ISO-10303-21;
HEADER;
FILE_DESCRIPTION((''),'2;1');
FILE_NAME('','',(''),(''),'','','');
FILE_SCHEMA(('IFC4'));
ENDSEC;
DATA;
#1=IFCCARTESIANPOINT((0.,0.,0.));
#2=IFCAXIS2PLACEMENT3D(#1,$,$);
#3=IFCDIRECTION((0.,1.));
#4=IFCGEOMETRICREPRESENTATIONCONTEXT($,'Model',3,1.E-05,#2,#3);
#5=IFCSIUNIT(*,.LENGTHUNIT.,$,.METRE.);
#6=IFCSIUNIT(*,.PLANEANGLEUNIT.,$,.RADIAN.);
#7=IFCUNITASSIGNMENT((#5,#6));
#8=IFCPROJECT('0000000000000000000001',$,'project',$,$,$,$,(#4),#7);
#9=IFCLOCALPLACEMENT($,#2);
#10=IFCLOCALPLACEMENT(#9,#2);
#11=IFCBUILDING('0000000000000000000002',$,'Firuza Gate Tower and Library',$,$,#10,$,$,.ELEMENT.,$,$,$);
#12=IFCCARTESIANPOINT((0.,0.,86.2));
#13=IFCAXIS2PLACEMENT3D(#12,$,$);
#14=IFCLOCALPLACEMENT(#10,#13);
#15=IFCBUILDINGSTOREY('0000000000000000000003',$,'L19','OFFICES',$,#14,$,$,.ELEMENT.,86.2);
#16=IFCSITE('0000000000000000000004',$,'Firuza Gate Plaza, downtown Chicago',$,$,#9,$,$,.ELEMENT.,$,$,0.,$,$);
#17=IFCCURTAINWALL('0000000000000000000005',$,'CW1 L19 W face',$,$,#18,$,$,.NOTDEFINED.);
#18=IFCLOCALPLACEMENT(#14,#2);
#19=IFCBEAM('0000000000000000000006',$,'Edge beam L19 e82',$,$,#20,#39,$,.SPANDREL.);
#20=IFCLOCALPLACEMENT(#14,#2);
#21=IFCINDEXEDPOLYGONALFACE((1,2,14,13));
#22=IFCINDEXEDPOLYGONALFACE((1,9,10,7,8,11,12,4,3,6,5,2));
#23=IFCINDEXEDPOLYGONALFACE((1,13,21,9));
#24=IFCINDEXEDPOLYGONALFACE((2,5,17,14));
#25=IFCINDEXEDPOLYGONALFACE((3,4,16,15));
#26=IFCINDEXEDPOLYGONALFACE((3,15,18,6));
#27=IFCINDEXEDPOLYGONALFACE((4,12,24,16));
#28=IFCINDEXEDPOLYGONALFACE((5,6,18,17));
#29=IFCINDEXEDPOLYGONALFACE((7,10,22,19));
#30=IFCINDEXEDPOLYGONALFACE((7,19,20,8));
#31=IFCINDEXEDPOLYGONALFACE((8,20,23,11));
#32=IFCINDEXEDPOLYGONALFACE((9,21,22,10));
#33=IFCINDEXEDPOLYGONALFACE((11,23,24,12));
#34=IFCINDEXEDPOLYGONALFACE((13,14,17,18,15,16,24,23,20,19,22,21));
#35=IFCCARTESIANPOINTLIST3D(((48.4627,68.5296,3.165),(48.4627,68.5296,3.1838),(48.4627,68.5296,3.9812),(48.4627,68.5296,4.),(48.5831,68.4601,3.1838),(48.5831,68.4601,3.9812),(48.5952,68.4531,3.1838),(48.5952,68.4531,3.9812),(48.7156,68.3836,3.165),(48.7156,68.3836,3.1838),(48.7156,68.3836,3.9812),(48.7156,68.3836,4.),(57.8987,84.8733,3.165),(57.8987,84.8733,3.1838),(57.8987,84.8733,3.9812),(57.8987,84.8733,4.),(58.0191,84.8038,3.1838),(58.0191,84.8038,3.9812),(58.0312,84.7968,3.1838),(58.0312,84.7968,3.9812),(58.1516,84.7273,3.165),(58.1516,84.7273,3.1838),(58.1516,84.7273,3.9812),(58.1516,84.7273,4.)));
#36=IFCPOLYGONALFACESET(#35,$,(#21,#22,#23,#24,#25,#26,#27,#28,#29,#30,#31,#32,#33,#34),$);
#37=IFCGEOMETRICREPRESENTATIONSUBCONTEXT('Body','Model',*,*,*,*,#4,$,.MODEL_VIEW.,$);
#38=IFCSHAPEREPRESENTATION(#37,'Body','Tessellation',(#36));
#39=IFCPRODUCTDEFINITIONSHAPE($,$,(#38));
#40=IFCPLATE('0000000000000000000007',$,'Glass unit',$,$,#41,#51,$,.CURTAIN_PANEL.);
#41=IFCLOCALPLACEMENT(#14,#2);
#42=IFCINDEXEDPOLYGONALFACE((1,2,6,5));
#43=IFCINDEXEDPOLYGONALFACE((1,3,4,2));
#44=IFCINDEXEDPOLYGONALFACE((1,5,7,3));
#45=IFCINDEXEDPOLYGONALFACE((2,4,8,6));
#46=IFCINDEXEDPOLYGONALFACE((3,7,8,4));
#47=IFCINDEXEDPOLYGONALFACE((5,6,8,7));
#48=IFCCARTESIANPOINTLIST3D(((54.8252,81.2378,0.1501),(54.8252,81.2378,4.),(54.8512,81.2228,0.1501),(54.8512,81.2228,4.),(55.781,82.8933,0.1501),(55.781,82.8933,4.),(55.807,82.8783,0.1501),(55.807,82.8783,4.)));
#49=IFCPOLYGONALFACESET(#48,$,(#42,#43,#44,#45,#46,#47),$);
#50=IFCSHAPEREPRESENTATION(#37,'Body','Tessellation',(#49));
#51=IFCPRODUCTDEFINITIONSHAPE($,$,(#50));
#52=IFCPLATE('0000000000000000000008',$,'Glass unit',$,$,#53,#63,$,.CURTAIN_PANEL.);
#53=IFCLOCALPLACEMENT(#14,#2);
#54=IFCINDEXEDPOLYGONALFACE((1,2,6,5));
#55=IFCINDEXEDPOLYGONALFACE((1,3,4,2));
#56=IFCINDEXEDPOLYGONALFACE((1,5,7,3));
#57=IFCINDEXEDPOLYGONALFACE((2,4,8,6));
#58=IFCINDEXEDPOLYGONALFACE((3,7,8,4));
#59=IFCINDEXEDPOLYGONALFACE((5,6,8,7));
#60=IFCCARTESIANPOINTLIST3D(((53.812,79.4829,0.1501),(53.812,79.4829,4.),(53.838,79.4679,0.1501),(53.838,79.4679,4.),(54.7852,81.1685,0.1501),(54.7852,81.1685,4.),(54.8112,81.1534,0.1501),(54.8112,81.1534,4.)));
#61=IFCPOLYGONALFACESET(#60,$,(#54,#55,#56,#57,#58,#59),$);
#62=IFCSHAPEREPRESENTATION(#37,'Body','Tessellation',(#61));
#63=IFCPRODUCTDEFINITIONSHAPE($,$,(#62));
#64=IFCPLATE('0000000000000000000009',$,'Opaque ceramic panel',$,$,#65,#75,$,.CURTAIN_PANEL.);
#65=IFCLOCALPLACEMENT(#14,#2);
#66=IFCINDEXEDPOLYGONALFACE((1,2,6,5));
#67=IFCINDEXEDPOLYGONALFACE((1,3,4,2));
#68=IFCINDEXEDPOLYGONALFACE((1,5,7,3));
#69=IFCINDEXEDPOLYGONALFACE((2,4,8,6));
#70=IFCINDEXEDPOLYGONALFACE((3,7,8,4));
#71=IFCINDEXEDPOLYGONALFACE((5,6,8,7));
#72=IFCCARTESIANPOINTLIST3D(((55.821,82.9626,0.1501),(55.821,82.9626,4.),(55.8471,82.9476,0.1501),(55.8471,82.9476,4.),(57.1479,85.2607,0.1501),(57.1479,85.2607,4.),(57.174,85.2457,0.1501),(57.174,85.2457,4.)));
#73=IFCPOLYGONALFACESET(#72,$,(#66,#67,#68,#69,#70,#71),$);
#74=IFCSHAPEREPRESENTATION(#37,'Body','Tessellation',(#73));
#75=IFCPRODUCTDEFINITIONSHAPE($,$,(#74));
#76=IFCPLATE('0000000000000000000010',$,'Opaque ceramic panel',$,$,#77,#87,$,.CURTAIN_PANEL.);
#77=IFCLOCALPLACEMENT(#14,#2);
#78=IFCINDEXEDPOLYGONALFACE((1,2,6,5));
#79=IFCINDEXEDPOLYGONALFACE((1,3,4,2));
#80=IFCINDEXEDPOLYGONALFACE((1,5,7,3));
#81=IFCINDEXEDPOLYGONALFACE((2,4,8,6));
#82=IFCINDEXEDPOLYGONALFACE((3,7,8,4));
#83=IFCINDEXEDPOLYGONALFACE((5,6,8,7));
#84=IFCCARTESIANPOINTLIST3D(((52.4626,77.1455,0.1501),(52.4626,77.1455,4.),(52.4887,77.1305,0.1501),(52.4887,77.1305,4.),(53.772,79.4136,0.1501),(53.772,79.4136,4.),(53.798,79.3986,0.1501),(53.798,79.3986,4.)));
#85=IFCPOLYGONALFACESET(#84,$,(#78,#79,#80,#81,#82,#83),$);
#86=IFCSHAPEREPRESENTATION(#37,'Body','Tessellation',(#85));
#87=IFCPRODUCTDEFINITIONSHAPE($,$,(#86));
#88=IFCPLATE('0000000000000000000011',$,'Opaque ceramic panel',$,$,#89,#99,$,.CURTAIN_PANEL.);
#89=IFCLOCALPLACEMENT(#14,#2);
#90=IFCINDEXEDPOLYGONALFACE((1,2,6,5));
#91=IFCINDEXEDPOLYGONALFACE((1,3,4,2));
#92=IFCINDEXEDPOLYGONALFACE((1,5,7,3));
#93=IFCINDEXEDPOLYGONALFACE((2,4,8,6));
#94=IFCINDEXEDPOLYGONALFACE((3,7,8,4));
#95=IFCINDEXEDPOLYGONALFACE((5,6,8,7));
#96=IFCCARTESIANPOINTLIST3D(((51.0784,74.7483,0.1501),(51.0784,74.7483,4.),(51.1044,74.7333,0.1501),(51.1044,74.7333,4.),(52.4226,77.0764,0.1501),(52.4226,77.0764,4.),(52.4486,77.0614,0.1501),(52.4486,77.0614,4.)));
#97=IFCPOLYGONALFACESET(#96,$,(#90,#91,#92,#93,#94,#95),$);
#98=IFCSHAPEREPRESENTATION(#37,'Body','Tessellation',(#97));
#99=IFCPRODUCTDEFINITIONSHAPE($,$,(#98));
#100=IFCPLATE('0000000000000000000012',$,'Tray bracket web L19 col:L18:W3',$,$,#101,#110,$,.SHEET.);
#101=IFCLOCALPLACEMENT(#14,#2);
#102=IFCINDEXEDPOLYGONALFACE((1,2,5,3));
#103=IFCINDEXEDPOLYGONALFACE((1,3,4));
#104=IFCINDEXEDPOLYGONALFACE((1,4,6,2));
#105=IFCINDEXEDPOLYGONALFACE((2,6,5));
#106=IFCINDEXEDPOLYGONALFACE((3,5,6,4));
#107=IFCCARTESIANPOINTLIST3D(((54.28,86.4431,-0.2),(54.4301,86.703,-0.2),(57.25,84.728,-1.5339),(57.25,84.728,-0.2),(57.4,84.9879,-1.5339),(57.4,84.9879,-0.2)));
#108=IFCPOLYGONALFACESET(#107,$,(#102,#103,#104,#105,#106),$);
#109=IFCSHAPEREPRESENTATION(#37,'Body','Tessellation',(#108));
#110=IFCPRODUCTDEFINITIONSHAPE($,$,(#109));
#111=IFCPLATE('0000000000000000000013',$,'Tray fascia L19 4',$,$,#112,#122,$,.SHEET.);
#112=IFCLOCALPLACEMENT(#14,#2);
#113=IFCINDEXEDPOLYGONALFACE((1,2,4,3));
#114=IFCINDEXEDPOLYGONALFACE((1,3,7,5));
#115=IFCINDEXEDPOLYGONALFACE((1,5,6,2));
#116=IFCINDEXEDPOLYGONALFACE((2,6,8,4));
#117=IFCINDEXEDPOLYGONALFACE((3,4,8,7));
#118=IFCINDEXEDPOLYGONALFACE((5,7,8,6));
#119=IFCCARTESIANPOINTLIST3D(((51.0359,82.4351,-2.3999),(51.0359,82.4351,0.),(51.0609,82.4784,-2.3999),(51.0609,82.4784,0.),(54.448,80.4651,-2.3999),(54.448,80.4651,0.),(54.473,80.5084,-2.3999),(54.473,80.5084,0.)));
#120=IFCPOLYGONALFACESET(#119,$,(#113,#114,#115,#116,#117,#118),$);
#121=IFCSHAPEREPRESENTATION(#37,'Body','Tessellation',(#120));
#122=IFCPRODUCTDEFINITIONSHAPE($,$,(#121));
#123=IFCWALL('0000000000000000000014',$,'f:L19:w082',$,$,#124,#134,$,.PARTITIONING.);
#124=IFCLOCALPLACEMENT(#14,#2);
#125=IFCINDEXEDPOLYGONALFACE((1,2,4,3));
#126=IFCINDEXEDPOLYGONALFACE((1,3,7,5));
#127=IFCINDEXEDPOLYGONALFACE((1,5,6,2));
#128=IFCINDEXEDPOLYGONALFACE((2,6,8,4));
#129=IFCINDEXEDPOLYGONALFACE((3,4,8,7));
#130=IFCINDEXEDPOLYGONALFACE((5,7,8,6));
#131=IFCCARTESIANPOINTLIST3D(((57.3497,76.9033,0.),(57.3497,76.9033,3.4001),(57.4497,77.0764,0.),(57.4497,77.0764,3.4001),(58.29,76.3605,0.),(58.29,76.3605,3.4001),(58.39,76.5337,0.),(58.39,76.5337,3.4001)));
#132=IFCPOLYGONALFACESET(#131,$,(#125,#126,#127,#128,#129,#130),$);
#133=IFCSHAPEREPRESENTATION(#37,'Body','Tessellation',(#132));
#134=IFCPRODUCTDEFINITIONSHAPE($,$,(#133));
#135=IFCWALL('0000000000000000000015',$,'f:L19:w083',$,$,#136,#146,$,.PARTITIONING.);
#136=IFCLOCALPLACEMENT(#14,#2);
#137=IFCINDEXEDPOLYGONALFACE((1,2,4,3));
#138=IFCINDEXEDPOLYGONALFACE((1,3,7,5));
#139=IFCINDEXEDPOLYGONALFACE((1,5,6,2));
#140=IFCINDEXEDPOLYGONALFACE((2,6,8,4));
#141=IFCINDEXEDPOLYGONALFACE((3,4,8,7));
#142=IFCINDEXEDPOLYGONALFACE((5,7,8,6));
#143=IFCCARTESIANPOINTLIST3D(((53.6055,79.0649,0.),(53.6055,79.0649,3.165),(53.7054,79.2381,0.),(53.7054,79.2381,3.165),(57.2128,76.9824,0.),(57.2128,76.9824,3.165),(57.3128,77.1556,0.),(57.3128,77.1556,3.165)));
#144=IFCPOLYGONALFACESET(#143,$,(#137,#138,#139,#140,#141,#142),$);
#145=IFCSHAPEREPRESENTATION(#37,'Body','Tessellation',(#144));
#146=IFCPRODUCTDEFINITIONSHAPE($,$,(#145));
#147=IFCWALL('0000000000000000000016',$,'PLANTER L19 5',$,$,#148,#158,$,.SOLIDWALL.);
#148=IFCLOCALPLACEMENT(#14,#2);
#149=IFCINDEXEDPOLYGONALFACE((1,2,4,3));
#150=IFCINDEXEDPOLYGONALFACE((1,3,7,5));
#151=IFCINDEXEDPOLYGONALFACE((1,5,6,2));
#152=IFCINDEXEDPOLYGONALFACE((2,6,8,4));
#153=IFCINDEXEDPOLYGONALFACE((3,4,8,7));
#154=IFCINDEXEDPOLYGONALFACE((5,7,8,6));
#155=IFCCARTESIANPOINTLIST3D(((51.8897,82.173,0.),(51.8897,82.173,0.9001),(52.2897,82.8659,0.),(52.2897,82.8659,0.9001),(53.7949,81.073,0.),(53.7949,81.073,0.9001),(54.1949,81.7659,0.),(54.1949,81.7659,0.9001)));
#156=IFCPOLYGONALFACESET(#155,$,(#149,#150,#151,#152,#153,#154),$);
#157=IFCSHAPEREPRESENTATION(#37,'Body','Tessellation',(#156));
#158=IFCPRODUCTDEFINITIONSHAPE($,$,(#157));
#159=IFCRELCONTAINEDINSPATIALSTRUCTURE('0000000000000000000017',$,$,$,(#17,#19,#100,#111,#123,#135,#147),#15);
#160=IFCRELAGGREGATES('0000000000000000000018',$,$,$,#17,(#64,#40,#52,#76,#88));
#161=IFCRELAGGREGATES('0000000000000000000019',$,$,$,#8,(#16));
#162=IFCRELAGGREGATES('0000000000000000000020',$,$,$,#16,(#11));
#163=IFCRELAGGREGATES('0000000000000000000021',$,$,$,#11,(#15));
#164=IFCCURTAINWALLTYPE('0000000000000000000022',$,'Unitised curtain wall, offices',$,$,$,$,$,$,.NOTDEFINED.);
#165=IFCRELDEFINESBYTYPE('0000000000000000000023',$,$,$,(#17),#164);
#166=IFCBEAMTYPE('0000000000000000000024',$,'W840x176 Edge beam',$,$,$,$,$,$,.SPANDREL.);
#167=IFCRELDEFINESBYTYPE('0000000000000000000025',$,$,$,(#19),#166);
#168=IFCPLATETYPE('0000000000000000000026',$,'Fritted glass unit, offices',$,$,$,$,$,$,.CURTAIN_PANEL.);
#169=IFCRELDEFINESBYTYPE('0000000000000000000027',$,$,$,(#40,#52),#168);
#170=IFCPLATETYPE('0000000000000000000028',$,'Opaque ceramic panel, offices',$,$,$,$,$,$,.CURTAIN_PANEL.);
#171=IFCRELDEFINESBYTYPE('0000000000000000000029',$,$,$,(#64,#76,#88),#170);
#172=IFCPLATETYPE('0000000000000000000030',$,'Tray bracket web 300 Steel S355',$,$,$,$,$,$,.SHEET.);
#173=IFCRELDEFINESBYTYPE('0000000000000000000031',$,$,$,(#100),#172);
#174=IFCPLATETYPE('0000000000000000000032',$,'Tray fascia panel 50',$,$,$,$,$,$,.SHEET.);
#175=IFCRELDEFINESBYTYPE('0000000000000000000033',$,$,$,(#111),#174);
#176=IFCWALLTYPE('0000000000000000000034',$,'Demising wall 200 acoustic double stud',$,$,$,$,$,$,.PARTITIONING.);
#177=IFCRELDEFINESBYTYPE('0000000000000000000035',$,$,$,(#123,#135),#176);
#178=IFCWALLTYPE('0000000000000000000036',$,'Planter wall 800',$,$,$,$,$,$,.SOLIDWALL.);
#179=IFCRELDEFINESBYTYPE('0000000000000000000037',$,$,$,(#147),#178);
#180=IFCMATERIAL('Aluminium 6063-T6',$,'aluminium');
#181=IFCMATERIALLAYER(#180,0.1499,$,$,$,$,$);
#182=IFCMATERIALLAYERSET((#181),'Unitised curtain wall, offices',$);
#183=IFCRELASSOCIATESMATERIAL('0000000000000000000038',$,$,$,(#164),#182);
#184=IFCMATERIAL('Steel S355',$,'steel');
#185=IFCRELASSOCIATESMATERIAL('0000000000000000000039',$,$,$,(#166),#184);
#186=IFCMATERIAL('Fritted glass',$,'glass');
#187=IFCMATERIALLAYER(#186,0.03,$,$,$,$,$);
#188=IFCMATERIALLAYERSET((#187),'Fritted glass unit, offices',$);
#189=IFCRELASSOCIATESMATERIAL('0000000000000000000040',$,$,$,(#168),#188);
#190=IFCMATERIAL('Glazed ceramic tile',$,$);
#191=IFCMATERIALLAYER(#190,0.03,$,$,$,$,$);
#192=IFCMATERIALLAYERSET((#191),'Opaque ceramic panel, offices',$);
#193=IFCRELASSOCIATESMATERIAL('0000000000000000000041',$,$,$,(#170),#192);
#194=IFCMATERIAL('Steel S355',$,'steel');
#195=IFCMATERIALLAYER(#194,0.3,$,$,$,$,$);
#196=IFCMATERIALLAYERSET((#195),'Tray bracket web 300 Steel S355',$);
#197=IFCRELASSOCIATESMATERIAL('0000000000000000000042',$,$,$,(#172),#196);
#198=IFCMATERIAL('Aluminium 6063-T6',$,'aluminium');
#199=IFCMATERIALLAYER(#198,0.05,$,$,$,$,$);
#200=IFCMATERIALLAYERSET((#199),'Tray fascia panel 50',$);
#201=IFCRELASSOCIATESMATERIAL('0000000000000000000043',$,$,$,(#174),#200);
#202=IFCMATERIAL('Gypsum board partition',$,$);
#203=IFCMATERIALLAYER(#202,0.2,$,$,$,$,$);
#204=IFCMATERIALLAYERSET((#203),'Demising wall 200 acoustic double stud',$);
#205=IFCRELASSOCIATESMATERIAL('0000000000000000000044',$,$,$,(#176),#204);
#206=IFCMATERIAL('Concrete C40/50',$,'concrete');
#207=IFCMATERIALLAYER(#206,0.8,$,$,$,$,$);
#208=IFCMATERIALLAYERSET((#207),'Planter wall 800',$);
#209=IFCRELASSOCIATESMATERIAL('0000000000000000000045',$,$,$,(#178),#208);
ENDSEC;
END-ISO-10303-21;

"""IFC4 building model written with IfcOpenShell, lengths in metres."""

from ifc_helpers import new_model, si_unit, direction, frame, frame_2d, origin, origin_2d, place, context, subcontext, project, spatial, polyline, rectangle, i_section, outline, extrude, material, layer, layer_set, material_profile, profile_set, type_object, element, aggregate, save


model = new_model("IFC4")

# Units and contexts
model_context = context("Model", 3, precision=1e-05, world=origin(), true_north=direction((0.0, 1.0)))
body_context = subcontext(model_context, "Body", "Model", "MODEL_VIEW")
ifc_project = project(units=[si_unit("LENGTHUNIT", "METRE"), si_unit("PLANEANGLEUNIT", "RADIAN")], contexts=[model_context])

# Site, building, storey
site_placement = place(None, origin())
site = spatial("IfcSite", under=ifc_project, at=site_placement, Name="Firuza Gate Plaza, downtown Chicago", CompositionType="ELEMENT", RefElevation=0.0)
building_placement = place(site_placement, origin())
building = spatial("IfcBuilding", under=site, at=building_placement, Name="Firuza Gate Tower and Library", CompositionType="ELEMENT")
storey_placement = place(building_placement, frame((0.0, 0.0, 86.2)))
storey = spatial("IfcBuildingStorey", under=building, at=storey_placement, Name="L19", Description="OFFICES", CompositionType="ELEMENT", Elevation=86.2)

# Curtain wall
ifc_material_1 = material(Name="Aluminium 6063-T6", Category="aluminium")
ifc_layer_1 = layer(ifc_material_1, 0.1499)
ifc_layer_set_1 = layer_set([ifc_layer_1], Name="Unitised curtain wall, offices")
curtain_wall_type = type_object("IfcCurtainWallType", Name="Unitised curtain wall, offices", PredefinedType="NOTDEFINED", material=ifc_layer_set_1)
curtain_wall_placement = place(storey_placement, origin())
curtain_wall = element("IfcCurtainWall", 1, at=curtain_wall_placement, inside=storey, type_object=curtain_wall_type, Name="CW1 L19 W face", PredefinedType="NOTDEFINED")

# Beam
ifc_material_2 = material(Name="Steel S355", Category="steel")
ifc_material_profile_1 = material_profile(ifc_material_2, i_section(OverallWidth=0.292, OverallDepth=0.835, WebThickness=0.0139, FlangeThickness=0.0188, at=origin_2d()))
ifc_profile_set_1 = profile_set([ifc_material_profile_1], Name="Steel S355")
beam_type_1 = type_object("IfcBeamType", Name="W840x176 Edge beam", PredefinedType="SPANDREL", material=ifc_profile_set_1)
beam_1_placement = place(storey_placement, frame((58.0251, 84.8003, 3.5825), z_axis=(-0.499999, -0.866026, 0.0), x_axis=(0.866026, -0.499999, 0.0)))
element("IfcBeam", 2, at=beam_1_placement, inside=storey, type_object=beam_type_1, Name="Edge beam L19 e82", PredefinedType="SPANDREL", context=body_context, shape_type="SweptSolid", body=[
    extrude(i_section(OverallWidth=0.292, OverallDepth=0.835, WebThickness=0.0139, FlangeThickness=0.0188, at=origin_2d()), origin(), (0.0, 0.0, 1.0), 18.8721),
])

# Plates
ifc_material_3 = material(Name="Fritted glass", Category="glass")
ifc_layer_2 = layer(ifc_material_3, 0.03)
ifc_layer_set_2 = layer_set([ifc_layer_2], Name="Fritted glass unit, offices")
plate_type_1 = type_object("IfcPlateType", Name="Fritted glass unit, offices", PredefinedType="CURTAIN_PANEL", material=ifc_layer_set_2)
plate_1_placement = place(storey_placement, frame((55.781, 82.8933, 0.1501), z_axis=(-0.866026, 0.499999, 0.0), x_axis=(-0.499999, -0.866026, 0.0)))
plate_1 = element("IfcPlate", 3, at=plate_1_placement, type_object=plate_type_1, Name="Glass unit", PredefinedType="CURTAIN_PANEL", context=body_context, shape_type="SweptSolid", body=[
    extrude(outline(polyline([(0.0, 0.0), (1.9116, 0.0), (1.9116, 3.8499), (0.0, 3.8499), (0.0, 0.0)])), origin(), (0.0, 0.0, -1.0), 0.03),
])
plate_2_placement = place(storey_placement, frame((54.7852, 81.1685, 0.1501), z_axis=(-0.866027, 0.499998, 0.0), x_axis=(-0.499998, -0.866027, 0.0)))
plate_2 = element("IfcPlate", 4, at=plate_2_placement, type_object=plate_type_1, Name="Glass unit", PredefinedType="CURTAIN_PANEL", context=body_context, shape_type="SweptSolid", body=[
    extrude(outline(polyline([(0.0, 0.0), (1.9463, 0.0), (1.9463, 3.8499), (0.0, 3.8499), (0.0, 0.0)])), origin(), (0.0, 0.0, -1.0), 0.03),
])
ifc_material_4 = material(Name="Glazed ceramic tile")
ifc_layer_3 = layer(ifc_material_4, 0.03)
ifc_layer_set_3 = layer_set([ifc_layer_3], Name="Opaque ceramic panel, offices")
plate_type_2 = type_object("IfcPlateType", Name="Opaque ceramic panel, offices", PredefinedType="CURTAIN_PANEL", material=ifc_layer_set_3)
plate_3_placement = place(storey_placement, frame((57.1479, 85.2607, 0.1501), z_axis=(-0.866009, 0.500028, 0.0), x_axis=(-0.500028, -0.866009, 0.0)))
plate_3 = element("IfcPlate", 5, at=plate_3_placement, type_object=plate_type_2, Name="Opaque ceramic panel", PredefinedType="CURTAIN_PANEL", context=body_context, shape_type="SweptSolid", body=[
    extrude(outline(polyline([(0.0, 0.0), (2.6537, 0.0), (2.6537, 3.8499), (0.0, 3.8499), (0.0, 0.0)])), origin(), (0.0, 0.0, -1.0), 0.03),
])
plate_4_placement = place(storey_placement, frame((53.772, 79.4136, 0.1501), z_axis=(-0.866049, 0.499959, 0.0), x_axis=(-0.499959, -0.866049, 0.0)))
plate_4 = element("IfcPlate", 6, at=plate_4_placement, type_object=plate_type_2, Name="Opaque ceramic panel", PredefinedType="CURTAIN_PANEL", context=body_context, shape_type="SweptSolid", body=[
    extrude(outline(polyline([(0.0, 0.0), (2.6189, 0.0), (2.6189, 3.8499), (0.0, 3.8499), (0.0, 0.0)])), origin(), (0.0, 0.0, -1.0), 0.03),
])
plate_5_placement = place(storey_placement, frame((52.4226, 77.0764, 0.1501), z_axis=(-0.86601, 0.500026, 0.0), x_axis=(-0.500026, -0.86601, 0.0)))
plate_5 = element("IfcPlate", 7, at=plate_5_placement, type_object=plate_type_2, Name="Opaque ceramic panel", PredefinedType="CURTAIN_PANEL", context=body_context, shape_type="SweptSolid", body=[
    extrude(outline(polyline([(0.0, 0.0), (2.6883, 0.0), (2.6883, 3.8499), (0.0, 3.8499), (0.0, 0.0)])), origin(), (0.0, 0.0, -1.0), 0.03),
])
aggregate(curtain_wall, [plate_3, plate_1, plate_2, plate_4, plate_5])

# Plates
ifc_material_5 = material(Name="Steel S355", Category="steel")
ifc_layer_4 = layer(ifc_material_5, 0.3)
ifc_layer_set_4 = layer_set([ifc_layer_4], Name="Tray bracket web 300 Steel S355")
plate_type_3 = type_object("IfcPlateType", Name="Tray bracket web 300 Steel S355", PredefinedType="SHEET", material=ifc_layer_set_4)
plate_6_placement = place(storey_placement, frame((57.25, 84.728, -0.2), z_axis=(-0.500082, -0.865978, 0.0), x_axis=(-0.865978, 0.500082, 0.0)))
element("IfcPlate", 8, at=plate_6_placement, inside=storey, type_object=plate_type_3, Name="Tray bracket web L19 col:L18:W3", PredefinedType="SHEET", context=body_context, shape_type="SweptSolid", body=[
    extrude(outline(polyline([(0.0, 0.0), (3.4296, 0.0), (0.0, 1.334), (0.0, 0.0)])), origin(), (0.0, 0.0, -1.0), 0.3),
])
ifc_material_6 = material(Name="Aluminium 6063-T6", Category="aluminium")
ifc_layer_5 = layer(ifc_material_6, 0.05)
ifc_layer_set_5 = layer_set([ifc_layer_5], Name="Tray fascia panel 50")
plate_type_4 = type_object("IfcPlateType", Name="Tray fascia panel 50", PredefinedType="SHEET", material=ifc_layer_set_5)
plate_7_placement = place(storey_placement, frame((51.0359, 82.4351, -2.3999), z_axis=(-0.499998, -0.866027, 0.0), x_axis=(0.866027, -0.499998, 0.0)))
element("IfcPlate", 9, at=plate_7_placement, inside=storey, type_object=plate_type_4, Name="Tray fascia L19 4", PredefinedType="SHEET", context=body_context, shape_type="SweptSolid", body=[
    extrude(outline(polyline([(0.0, 0.0), (3.94, 0.0), (3.94, 2.3999), (0.0, 2.3999), (0.0, 0.0)])), origin(), (0.0, 0.0, -1.0), 0.05),
])

# Walls
ifc_material_7 = material(Name="Gypsum board partition")
ifc_layer_6 = layer(ifc_material_7, 0.2)
ifc_layer_set_6 = layer_set([ifc_layer_6], Name="Demising wall 200 acoustic double stud")
wall_type_1 = type_object("IfcWallType", Name="Demising wall 200 acoustic double stud", PredefinedType="PARTITIONING", material=ifc_layer_set_6)
wall_1_placement = place(storey_placement, frame((58.3401, 76.447, 0.0), z_axis=(0.0, 0.0, 1.0), x_axis=(-0.866062, 0.499937, 0.0)))
element("IfcWall", 10, at=wall_1_placement, inside=storey, type_object=wall_type_1, Name="f:L19:w082", PredefinedType="PARTITIONING", context=body_context, shape_type="SweptSolid", body=[
    extrude(rectangle(XDim=1.0857, YDim=0.2, at=frame_2d((0.543, 0.0))), origin(), (0.0, 0.0, 1.0), 3.4001),
])
wall_2_placement = place(storey_placement, frame((57.2627, 77.0691, 0.0), z_axis=(0.0, 0.0, 1.0), x_axis=(-0.866049, 0.499959, 0.0)))
element("IfcWall", 11, at=wall_2_placement, inside=storey, type_object=wall_type_1, Name="f:L19:w083", PredefinedType="PARTITIONING", context=body_context, shape_type="SweptSolid", body=[
    extrude(rectangle(XDim=4.1653, YDim=0.2, at=frame_2d((2.0825, 0.0))), origin(), (0.0, 0.0, 1.0), 3.165),
])
ifc_material_8 = material(Name="Concrete C40/50", Category="concrete")
ifc_layer_7 = layer(ifc_material_8, 0.8)
ifc_layer_set_7 = layer_set([ifc_layer_7], Name="Planter wall 800")
wall_type_2 = type_object("IfcWallType", Name="Planter wall 800", PredefinedType="SOLIDWALL", material=ifc_layer_set_7)
wall_3_placement = place(storey_placement, frame((52.0896, 82.5195, 0.0), z_axis=(0.0, 0.0, 1.0), x_axis=(0.866008, -0.50003, 0.0)))
element("IfcWall", 12, at=wall_3_placement, inside=storey, type_object=wall_type_2, Name="PLANTER L19 5", PredefinedType="SOLIDWALL", context=body_context, shape_type="SweptSolid", body=[
    extrude(rectangle(XDim=2.2, YDim=0.8, at=frame_2d((1.1001, 0.0))), origin(), (0.0, 0.0, 1.0), 0.9001),
])

save(model, "model.ifc")
